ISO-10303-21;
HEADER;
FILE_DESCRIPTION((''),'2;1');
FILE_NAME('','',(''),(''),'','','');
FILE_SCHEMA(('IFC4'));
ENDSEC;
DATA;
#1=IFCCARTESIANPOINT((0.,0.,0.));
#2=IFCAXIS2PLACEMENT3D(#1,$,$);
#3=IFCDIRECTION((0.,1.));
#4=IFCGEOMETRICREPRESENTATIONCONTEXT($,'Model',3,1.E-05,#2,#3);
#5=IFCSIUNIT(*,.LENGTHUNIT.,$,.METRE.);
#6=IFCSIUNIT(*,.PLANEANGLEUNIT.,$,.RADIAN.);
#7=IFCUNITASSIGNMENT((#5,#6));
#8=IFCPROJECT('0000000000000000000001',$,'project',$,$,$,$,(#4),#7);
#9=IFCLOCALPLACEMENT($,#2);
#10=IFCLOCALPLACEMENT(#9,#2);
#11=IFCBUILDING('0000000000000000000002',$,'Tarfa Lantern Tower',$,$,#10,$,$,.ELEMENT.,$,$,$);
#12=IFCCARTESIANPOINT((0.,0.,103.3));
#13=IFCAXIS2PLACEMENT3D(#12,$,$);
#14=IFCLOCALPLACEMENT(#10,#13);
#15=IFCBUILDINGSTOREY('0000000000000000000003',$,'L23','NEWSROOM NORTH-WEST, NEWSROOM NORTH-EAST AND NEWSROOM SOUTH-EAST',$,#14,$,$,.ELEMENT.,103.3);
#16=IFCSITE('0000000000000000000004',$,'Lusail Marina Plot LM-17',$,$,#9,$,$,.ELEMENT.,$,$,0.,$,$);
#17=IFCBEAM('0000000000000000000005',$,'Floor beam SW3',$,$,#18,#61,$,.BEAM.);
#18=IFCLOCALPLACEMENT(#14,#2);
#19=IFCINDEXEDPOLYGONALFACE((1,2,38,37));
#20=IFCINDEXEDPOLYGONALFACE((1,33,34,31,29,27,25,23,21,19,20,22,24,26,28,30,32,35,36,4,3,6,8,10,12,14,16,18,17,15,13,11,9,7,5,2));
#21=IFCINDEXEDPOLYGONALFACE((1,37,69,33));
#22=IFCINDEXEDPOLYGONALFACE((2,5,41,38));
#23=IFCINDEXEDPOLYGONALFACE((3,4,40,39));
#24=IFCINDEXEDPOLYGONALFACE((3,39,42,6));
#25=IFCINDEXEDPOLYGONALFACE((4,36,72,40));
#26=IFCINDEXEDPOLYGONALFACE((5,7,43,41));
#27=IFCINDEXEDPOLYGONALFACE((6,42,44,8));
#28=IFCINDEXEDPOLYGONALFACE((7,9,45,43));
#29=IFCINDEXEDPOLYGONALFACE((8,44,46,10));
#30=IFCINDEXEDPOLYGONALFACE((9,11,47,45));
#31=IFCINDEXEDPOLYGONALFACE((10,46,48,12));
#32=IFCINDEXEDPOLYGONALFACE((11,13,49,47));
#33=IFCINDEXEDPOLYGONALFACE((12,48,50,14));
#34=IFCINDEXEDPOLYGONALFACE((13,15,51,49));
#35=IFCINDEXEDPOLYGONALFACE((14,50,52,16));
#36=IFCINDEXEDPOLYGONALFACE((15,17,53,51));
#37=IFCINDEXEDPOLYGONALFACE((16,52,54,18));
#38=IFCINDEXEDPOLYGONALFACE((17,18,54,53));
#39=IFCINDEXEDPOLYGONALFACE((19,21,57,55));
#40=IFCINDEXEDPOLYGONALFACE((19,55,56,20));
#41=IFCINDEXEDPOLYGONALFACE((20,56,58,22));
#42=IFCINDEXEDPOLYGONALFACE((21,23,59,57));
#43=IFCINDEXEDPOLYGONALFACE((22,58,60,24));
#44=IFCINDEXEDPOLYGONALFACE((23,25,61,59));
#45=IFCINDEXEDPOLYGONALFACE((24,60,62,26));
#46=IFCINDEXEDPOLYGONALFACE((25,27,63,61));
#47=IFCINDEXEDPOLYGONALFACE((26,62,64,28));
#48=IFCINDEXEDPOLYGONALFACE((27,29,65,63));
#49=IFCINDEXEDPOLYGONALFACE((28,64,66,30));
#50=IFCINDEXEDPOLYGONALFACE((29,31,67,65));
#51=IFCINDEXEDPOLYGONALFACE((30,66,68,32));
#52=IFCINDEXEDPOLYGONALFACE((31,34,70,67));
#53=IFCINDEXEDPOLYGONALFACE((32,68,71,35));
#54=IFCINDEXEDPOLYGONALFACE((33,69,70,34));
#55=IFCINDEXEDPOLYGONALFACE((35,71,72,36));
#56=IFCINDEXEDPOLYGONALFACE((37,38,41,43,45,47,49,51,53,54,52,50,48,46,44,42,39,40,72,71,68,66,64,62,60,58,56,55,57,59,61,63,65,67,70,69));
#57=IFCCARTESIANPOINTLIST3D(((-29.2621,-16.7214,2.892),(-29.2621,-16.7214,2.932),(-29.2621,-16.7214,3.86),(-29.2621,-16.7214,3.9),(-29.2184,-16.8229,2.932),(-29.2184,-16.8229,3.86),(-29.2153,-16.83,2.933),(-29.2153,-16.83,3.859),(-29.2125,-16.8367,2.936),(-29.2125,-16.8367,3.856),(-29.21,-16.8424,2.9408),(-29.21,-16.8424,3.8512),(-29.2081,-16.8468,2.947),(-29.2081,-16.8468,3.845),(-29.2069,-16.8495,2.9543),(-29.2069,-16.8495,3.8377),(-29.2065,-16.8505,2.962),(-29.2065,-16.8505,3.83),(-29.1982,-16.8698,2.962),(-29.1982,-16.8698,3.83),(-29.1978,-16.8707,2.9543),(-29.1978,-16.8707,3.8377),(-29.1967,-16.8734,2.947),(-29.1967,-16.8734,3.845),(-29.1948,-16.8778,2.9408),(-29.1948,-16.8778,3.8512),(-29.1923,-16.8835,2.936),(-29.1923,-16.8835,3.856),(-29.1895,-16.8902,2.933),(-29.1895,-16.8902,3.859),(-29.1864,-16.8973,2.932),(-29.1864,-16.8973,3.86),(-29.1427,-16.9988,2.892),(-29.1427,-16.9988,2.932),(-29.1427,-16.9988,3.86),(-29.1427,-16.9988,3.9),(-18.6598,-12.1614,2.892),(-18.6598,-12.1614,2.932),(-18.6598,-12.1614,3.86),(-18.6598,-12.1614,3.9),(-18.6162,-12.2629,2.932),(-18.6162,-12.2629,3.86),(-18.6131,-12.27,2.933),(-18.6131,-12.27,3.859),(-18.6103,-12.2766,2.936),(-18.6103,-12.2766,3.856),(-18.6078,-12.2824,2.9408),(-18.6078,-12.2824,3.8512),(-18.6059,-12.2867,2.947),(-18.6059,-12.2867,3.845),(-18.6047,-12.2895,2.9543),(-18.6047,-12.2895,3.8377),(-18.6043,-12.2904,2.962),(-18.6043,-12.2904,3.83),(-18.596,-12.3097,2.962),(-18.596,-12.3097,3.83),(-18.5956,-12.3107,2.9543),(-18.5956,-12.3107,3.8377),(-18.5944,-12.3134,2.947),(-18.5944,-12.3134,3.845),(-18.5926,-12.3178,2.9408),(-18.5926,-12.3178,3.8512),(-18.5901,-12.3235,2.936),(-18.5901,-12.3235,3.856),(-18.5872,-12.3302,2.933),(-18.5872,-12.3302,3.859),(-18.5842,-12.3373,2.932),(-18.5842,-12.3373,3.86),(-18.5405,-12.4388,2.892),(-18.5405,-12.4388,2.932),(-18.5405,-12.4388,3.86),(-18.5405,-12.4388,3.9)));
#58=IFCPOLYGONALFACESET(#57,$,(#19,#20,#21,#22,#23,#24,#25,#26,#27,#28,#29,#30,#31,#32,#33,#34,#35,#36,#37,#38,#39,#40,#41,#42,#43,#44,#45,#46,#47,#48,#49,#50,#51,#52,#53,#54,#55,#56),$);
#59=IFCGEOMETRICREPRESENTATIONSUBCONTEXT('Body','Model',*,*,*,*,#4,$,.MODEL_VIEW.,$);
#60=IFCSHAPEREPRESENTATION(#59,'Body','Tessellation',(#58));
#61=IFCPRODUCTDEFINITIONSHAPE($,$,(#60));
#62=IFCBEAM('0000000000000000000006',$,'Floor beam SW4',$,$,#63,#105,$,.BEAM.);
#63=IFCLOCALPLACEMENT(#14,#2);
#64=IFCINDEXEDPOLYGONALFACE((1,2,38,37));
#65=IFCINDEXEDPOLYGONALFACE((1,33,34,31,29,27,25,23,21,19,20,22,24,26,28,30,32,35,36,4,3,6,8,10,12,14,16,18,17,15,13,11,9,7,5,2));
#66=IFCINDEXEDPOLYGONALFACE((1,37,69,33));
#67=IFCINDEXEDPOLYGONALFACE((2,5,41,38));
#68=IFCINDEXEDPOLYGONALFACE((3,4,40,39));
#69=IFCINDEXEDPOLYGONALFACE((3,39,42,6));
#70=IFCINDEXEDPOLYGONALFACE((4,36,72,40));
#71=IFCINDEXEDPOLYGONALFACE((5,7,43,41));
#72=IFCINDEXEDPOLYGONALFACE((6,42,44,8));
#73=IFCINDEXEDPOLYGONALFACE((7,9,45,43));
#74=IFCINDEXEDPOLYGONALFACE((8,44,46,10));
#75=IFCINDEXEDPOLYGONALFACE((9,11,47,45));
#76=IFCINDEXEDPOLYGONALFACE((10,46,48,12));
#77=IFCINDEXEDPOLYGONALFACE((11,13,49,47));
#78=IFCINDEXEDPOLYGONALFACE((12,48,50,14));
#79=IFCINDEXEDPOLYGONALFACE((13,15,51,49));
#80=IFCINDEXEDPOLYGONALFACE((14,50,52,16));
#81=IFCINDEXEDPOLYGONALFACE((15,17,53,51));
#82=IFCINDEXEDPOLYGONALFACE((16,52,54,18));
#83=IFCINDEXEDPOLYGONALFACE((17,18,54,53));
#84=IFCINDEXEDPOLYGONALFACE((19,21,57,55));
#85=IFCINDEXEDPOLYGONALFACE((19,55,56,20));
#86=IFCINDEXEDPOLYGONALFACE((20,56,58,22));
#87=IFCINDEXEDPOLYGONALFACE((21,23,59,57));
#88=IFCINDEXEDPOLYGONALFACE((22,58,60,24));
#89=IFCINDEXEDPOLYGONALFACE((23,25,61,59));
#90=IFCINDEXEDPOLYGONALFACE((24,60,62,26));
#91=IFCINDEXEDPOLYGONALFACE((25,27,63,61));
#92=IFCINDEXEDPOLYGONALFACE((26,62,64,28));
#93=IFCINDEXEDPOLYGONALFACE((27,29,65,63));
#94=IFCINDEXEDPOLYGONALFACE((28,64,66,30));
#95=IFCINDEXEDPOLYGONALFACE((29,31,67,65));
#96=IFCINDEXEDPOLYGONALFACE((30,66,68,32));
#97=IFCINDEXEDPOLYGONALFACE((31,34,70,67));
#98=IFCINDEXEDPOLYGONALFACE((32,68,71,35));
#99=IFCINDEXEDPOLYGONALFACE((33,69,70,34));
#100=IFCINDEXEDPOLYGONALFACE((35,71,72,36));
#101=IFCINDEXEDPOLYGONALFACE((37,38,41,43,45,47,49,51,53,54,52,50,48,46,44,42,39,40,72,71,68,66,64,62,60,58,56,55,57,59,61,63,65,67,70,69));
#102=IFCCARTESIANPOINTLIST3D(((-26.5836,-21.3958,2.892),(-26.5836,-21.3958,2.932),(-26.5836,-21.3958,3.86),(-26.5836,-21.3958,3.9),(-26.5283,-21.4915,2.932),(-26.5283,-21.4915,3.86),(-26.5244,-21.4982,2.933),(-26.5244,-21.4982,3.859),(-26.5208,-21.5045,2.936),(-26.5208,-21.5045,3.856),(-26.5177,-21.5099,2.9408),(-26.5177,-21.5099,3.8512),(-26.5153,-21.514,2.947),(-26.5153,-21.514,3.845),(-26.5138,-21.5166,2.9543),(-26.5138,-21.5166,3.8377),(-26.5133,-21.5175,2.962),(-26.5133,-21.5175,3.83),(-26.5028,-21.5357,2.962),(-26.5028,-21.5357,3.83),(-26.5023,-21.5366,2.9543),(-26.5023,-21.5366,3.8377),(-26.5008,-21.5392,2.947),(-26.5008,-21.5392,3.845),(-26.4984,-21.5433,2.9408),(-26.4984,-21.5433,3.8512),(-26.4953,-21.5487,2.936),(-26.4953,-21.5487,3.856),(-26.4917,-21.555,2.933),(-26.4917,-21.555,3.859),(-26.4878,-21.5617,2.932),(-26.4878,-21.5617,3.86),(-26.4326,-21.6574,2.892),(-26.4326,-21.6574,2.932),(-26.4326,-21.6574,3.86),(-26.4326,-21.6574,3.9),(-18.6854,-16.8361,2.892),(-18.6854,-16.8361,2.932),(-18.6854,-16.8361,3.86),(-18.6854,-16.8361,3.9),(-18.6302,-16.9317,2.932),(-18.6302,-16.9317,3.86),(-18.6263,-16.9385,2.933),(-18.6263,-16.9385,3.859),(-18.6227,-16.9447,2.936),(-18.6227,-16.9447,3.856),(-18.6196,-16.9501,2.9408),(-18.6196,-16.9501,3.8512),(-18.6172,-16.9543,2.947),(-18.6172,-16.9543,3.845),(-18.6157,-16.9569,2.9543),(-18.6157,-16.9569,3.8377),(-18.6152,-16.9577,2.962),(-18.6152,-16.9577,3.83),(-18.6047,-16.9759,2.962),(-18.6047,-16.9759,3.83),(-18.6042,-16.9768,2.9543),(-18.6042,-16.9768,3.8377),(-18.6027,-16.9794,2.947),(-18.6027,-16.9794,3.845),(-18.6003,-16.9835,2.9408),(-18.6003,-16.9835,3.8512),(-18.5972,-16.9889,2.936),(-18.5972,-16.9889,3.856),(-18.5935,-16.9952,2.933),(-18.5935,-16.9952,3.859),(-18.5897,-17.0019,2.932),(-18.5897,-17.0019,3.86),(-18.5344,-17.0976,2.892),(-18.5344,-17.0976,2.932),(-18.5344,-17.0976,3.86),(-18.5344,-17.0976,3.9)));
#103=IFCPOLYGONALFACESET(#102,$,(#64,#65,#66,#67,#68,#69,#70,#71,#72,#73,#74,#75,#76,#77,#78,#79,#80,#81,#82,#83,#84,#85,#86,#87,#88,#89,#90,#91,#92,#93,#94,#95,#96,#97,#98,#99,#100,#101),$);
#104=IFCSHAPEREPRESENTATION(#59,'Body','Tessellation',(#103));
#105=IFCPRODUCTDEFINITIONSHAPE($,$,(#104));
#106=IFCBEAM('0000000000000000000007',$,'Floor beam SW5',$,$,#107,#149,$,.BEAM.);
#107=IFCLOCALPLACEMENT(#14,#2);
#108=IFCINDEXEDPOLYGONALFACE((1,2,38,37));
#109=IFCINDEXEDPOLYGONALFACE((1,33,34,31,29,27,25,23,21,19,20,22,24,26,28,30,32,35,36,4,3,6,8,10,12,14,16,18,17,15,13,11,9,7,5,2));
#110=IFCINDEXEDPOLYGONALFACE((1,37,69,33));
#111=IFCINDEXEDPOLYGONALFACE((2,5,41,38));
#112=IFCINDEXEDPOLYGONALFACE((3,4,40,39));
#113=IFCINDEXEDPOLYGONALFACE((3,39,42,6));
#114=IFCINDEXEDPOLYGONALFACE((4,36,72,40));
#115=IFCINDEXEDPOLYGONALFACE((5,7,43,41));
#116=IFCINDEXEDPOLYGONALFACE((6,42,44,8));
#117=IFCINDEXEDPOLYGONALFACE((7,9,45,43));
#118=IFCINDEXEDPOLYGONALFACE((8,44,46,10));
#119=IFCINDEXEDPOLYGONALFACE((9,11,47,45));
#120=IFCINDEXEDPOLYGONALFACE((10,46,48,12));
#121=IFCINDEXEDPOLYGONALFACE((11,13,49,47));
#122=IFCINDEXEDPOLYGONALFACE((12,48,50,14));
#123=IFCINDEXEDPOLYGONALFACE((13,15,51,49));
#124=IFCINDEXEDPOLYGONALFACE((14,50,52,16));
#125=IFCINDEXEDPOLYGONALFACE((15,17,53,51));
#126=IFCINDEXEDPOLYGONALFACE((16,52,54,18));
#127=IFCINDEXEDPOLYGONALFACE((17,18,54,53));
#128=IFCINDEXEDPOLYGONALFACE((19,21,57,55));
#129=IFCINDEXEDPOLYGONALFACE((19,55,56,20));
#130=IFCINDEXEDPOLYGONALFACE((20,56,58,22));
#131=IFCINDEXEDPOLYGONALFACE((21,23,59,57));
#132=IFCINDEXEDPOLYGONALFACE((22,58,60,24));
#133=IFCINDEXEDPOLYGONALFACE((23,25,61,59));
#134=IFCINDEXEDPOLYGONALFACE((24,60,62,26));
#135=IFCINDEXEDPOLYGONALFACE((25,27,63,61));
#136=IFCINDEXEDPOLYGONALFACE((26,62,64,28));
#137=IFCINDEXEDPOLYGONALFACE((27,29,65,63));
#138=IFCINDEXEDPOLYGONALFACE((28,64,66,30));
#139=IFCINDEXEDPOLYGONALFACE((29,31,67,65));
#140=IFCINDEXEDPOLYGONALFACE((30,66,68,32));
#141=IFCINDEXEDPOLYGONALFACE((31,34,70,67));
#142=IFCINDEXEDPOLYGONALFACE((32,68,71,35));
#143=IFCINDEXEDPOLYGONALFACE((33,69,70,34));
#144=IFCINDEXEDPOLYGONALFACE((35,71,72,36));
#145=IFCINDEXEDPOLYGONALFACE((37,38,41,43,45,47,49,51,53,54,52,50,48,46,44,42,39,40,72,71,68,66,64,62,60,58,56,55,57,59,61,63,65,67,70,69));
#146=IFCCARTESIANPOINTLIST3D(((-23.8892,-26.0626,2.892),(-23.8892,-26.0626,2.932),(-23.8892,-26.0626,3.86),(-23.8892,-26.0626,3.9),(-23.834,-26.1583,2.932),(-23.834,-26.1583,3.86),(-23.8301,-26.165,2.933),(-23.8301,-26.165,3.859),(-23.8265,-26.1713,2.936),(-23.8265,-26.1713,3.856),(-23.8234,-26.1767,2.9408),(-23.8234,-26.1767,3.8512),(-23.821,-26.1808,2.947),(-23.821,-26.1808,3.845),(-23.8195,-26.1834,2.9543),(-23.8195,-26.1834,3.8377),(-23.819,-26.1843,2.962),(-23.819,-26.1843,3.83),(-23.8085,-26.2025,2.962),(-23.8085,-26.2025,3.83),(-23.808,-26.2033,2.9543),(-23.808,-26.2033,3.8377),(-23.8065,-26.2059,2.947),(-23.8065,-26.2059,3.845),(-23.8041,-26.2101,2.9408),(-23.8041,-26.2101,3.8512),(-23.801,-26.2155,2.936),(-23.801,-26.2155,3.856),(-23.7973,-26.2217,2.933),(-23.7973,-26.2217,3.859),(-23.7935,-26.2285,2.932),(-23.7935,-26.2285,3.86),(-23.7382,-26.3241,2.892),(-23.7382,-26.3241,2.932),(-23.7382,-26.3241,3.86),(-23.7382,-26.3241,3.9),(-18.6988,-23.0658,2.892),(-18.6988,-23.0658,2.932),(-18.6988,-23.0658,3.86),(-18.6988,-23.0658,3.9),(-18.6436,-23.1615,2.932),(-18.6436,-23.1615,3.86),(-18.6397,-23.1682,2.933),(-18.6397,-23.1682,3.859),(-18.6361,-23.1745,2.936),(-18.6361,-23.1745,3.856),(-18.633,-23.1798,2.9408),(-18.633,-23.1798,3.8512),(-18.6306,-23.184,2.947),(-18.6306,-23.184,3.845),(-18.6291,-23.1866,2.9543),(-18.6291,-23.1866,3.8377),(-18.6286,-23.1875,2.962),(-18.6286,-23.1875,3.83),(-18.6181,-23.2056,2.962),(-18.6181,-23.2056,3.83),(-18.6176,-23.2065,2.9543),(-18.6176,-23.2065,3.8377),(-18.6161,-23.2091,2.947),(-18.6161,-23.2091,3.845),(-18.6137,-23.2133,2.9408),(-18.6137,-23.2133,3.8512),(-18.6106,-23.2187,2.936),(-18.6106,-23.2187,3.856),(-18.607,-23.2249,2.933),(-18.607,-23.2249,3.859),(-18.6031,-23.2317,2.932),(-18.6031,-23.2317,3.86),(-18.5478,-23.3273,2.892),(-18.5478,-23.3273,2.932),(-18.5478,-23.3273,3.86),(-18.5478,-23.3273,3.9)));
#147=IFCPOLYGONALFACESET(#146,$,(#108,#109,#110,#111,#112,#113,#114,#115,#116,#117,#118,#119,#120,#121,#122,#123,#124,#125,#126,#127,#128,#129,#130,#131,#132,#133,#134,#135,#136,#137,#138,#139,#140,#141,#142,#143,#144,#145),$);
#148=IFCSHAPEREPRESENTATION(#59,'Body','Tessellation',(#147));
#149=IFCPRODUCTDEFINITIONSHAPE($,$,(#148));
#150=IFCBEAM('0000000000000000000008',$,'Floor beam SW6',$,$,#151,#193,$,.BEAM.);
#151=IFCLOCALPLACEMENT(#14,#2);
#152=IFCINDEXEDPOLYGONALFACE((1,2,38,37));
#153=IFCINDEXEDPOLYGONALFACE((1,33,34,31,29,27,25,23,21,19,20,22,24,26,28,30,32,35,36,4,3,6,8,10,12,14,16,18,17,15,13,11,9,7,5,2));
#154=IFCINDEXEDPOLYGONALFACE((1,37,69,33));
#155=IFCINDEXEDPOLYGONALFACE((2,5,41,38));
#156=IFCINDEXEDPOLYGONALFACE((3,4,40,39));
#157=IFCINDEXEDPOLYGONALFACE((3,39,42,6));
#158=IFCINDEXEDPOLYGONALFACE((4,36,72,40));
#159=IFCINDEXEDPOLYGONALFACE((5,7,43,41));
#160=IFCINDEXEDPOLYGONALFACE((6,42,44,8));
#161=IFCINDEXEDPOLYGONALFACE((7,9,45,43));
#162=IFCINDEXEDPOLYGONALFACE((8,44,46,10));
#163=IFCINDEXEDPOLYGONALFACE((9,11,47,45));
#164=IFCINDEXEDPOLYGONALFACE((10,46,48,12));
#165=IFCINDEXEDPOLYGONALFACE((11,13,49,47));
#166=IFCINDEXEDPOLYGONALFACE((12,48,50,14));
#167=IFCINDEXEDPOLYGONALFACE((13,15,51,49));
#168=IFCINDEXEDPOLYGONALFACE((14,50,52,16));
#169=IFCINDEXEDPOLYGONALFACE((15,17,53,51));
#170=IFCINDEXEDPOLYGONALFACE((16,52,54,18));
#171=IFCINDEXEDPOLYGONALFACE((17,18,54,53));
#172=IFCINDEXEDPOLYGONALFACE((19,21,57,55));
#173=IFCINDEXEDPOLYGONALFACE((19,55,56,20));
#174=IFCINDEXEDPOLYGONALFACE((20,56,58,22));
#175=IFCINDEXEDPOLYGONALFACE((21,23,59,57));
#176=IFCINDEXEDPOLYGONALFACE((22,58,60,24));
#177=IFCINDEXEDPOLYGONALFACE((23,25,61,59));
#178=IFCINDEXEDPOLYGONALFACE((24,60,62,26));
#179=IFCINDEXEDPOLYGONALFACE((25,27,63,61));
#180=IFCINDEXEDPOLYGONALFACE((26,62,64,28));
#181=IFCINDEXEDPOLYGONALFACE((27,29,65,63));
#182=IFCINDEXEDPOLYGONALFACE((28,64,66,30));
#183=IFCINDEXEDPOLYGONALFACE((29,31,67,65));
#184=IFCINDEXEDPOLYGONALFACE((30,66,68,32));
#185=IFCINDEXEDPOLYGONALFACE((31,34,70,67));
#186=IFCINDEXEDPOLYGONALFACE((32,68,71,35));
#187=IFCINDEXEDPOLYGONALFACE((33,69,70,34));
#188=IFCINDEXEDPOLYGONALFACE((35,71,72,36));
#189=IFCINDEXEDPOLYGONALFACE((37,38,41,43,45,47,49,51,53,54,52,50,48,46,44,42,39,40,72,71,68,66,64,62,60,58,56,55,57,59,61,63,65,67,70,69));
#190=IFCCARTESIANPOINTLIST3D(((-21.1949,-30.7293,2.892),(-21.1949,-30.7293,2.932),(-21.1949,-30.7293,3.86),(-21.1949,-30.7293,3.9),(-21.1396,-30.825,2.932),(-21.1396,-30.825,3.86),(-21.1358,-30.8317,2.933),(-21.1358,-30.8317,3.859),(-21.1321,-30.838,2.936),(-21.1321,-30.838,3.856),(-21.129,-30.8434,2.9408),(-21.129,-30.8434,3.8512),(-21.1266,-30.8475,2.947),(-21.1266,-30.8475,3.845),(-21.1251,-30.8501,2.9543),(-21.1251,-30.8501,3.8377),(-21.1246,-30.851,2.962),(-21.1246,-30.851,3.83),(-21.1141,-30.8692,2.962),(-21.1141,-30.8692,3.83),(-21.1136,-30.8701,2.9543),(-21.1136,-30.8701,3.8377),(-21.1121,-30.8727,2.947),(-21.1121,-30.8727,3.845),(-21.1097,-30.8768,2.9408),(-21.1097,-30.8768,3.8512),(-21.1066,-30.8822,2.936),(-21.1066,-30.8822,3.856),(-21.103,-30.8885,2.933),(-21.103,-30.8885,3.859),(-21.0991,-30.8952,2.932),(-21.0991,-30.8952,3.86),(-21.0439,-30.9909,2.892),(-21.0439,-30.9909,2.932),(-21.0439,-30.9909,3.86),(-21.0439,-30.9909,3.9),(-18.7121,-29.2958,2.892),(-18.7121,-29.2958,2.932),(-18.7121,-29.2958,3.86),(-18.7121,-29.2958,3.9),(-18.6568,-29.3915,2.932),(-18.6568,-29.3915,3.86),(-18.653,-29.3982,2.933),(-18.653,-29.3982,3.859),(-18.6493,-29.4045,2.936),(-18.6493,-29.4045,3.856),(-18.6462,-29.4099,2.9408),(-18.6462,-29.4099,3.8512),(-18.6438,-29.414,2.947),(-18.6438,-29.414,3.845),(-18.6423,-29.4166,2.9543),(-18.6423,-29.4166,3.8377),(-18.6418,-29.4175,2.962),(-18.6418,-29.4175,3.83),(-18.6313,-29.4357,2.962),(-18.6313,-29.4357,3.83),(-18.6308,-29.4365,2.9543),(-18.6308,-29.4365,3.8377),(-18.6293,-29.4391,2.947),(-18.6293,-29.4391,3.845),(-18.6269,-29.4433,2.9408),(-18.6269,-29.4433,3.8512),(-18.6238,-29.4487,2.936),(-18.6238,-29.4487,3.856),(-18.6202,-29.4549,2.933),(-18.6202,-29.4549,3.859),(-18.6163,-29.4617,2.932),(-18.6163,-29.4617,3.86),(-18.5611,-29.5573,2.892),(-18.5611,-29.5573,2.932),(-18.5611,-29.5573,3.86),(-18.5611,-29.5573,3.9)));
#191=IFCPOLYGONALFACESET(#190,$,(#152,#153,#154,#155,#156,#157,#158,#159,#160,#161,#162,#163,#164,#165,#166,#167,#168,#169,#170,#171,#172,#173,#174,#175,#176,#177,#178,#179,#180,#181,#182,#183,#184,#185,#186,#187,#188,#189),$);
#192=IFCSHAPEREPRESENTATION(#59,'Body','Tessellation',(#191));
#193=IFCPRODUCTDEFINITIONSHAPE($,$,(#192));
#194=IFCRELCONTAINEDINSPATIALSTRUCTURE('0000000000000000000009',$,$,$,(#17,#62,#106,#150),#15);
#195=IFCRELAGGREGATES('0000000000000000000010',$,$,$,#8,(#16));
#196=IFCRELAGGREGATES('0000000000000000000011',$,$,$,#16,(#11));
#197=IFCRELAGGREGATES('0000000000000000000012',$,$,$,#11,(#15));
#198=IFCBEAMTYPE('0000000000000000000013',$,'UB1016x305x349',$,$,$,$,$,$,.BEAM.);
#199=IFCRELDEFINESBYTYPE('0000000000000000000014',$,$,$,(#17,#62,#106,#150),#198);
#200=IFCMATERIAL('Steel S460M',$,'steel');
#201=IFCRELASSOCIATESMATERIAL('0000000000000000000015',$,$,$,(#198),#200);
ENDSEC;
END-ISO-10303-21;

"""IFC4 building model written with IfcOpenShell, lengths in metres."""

from ifc_helpers import new_model, si_unit, direction, frame, origin, origin_2d, place, context, subcontext, project, spatial, i_section, extrude, material, material_profile, profile_set, type_object, element, save


model = new_model("IFC4")

# Units and contexts
model_context = context("Model", 3, precision=1e-05, world=origin(), true_north=direction((0.0, 1.0)))
body_context = subcontext(model_context, "Body", "Model", "MODEL_VIEW")
ifc_project = project(units=[si_unit("LENGTHUNIT", "METRE"), si_unit("PLANEANGLEUNIT", "RADIAN")], contexts=[model_context])

# Site, building, storey
site_placement = place(None, origin())
site = spatial("IfcSite", under=ifc_project, at=site_placement, Name="Lusail Marina Plot LM-17", CompositionType="ELEMENT", RefElevation=0.0)
building_placement = place(site_placement, origin())
building = spatial("IfcBuilding", under=site, at=building_placement, Name="Tarfa Lantern Tower", CompositionType="ELEMENT")
storey_placement = place(building_placement, frame((0.0, 0.0, 103.3)))
storey = spatial("IfcBuildingStorey", under=building, at=storey_placement, Name="L23", Description="NEWSROOM NORTH-WEST, NEWSROOM NORTH-EAST AND NEWSROOM SOUTH-EAST", CompositionType="ELEMENT", Elevation=103.3)

# Beams
ifc_material_1 = material(Name="Steel S460M", Category="steel")
ifc_material_profile_1 = material_profile(ifc_material_1, i_section(OverallWidth=0.302, OverallDepth=1.0081, WebThickness=0.021, FlangeThickness=0.04, FilletRadius=0.03, at=origin_2d()), Name="UB1016x305x349")
ifc_profile_set_1 = profile_set([ifc_material_profile_1], Name="Steel S460M")
beam_type_1 = type_object("IfcBeamType", Name="UB1016x305x349", PredefinedType="BEAM", material=ifc_profile_set_1)
beam_1_placement = place(storey_placement, frame((-29.2024, -16.8601, 3.396), z_axis=(0.918635, 0.395106, 0.0), x_axis=(-0.395106, 0.918635, 0.0)))
element("IfcBeam", 1, at=beam_1_placement, inside=storey, type_object=beam_type_1, Name="Floor beam SW3", PredefinedType="BEAM", context=body_context, shape_type="SweptSolid", body=[
    extrude(i_section(OverallWidth=0.302, OverallDepth=1.0081, WebThickness=0.021, FlangeThickness=0.04, FilletRadius=0.03, at=origin_2d()), origin(), (0.0, 0.0, 1.0), 11.5413),
])
beam_2_placement = place(storey_placement, frame((-26.5081, -21.5266, 3.396), z_axis=(0.866035, 0.499983, 0.0), x_axis=(-0.499983, 0.866035, 0.0)))
element("IfcBeam", 2, at=beam_2_placement, inside=storey, type_object=beam_type_1, Name="Floor beam SW4", PredefinedType="BEAM", context=body_context, shape_type="SweptSolid", body=[
    extrude(i_section(OverallWidth=0.302, OverallDepth=1.0081, WebThickness=0.021, FlangeThickness=0.04, FilletRadius=0.03, at=origin_2d()), origin(), (0.0, 0.0, 1.0), 9.1199),
])
beam_3_placement = place(storey_placement, frame((-23.8137, -26.1934, 3.396), z_axis=(0.866016, 0.500016, 0.0), x_axis=(-0.500016, 0.866016, 0.0)))
element("IfcBeam", 3, at=beam_3_placement, inside=storey, type_object=beam_type_1, Name="Floor beam SW5", PredefinedType="BEAM", context=body_context, shape_type="SweptSolid", body=[
    extrude(i_section(OverallWidth=0.302, OverallDepth=1.0081, WebThickness=0.021, FlangeThickness=0.04, FilletRadius=0.03, at=origin_2d()), origin(), (0.0, 0.0, 1.0), 5.9934),
])
beam_4_placement = place(storey_placement, frame((-21.1194, -30.8601, 3.396), z_axis=(0.866013, 0.500022, 0.0), x_axis=(-0.500022, 0.866013, 0.0)))
element("IfcBeam", 4, at=beam_4_placement, inside=storey, type_object=beam_type_1, Name="Floor beam SW6", PredefinedType="BEAM", context=body_context, shape_type="SweptSolid", body=[
    extrude(i_section(OverallWidth=0.302, OverallDepth=1.0081, WebThickness=0.021, FlangeThickness=0.04, FilletRadius=0.03, at=origin_2d()), origin(), (0.0, 0.0, 1.0), 2.8669),
])

save(model, "model.ifc")
